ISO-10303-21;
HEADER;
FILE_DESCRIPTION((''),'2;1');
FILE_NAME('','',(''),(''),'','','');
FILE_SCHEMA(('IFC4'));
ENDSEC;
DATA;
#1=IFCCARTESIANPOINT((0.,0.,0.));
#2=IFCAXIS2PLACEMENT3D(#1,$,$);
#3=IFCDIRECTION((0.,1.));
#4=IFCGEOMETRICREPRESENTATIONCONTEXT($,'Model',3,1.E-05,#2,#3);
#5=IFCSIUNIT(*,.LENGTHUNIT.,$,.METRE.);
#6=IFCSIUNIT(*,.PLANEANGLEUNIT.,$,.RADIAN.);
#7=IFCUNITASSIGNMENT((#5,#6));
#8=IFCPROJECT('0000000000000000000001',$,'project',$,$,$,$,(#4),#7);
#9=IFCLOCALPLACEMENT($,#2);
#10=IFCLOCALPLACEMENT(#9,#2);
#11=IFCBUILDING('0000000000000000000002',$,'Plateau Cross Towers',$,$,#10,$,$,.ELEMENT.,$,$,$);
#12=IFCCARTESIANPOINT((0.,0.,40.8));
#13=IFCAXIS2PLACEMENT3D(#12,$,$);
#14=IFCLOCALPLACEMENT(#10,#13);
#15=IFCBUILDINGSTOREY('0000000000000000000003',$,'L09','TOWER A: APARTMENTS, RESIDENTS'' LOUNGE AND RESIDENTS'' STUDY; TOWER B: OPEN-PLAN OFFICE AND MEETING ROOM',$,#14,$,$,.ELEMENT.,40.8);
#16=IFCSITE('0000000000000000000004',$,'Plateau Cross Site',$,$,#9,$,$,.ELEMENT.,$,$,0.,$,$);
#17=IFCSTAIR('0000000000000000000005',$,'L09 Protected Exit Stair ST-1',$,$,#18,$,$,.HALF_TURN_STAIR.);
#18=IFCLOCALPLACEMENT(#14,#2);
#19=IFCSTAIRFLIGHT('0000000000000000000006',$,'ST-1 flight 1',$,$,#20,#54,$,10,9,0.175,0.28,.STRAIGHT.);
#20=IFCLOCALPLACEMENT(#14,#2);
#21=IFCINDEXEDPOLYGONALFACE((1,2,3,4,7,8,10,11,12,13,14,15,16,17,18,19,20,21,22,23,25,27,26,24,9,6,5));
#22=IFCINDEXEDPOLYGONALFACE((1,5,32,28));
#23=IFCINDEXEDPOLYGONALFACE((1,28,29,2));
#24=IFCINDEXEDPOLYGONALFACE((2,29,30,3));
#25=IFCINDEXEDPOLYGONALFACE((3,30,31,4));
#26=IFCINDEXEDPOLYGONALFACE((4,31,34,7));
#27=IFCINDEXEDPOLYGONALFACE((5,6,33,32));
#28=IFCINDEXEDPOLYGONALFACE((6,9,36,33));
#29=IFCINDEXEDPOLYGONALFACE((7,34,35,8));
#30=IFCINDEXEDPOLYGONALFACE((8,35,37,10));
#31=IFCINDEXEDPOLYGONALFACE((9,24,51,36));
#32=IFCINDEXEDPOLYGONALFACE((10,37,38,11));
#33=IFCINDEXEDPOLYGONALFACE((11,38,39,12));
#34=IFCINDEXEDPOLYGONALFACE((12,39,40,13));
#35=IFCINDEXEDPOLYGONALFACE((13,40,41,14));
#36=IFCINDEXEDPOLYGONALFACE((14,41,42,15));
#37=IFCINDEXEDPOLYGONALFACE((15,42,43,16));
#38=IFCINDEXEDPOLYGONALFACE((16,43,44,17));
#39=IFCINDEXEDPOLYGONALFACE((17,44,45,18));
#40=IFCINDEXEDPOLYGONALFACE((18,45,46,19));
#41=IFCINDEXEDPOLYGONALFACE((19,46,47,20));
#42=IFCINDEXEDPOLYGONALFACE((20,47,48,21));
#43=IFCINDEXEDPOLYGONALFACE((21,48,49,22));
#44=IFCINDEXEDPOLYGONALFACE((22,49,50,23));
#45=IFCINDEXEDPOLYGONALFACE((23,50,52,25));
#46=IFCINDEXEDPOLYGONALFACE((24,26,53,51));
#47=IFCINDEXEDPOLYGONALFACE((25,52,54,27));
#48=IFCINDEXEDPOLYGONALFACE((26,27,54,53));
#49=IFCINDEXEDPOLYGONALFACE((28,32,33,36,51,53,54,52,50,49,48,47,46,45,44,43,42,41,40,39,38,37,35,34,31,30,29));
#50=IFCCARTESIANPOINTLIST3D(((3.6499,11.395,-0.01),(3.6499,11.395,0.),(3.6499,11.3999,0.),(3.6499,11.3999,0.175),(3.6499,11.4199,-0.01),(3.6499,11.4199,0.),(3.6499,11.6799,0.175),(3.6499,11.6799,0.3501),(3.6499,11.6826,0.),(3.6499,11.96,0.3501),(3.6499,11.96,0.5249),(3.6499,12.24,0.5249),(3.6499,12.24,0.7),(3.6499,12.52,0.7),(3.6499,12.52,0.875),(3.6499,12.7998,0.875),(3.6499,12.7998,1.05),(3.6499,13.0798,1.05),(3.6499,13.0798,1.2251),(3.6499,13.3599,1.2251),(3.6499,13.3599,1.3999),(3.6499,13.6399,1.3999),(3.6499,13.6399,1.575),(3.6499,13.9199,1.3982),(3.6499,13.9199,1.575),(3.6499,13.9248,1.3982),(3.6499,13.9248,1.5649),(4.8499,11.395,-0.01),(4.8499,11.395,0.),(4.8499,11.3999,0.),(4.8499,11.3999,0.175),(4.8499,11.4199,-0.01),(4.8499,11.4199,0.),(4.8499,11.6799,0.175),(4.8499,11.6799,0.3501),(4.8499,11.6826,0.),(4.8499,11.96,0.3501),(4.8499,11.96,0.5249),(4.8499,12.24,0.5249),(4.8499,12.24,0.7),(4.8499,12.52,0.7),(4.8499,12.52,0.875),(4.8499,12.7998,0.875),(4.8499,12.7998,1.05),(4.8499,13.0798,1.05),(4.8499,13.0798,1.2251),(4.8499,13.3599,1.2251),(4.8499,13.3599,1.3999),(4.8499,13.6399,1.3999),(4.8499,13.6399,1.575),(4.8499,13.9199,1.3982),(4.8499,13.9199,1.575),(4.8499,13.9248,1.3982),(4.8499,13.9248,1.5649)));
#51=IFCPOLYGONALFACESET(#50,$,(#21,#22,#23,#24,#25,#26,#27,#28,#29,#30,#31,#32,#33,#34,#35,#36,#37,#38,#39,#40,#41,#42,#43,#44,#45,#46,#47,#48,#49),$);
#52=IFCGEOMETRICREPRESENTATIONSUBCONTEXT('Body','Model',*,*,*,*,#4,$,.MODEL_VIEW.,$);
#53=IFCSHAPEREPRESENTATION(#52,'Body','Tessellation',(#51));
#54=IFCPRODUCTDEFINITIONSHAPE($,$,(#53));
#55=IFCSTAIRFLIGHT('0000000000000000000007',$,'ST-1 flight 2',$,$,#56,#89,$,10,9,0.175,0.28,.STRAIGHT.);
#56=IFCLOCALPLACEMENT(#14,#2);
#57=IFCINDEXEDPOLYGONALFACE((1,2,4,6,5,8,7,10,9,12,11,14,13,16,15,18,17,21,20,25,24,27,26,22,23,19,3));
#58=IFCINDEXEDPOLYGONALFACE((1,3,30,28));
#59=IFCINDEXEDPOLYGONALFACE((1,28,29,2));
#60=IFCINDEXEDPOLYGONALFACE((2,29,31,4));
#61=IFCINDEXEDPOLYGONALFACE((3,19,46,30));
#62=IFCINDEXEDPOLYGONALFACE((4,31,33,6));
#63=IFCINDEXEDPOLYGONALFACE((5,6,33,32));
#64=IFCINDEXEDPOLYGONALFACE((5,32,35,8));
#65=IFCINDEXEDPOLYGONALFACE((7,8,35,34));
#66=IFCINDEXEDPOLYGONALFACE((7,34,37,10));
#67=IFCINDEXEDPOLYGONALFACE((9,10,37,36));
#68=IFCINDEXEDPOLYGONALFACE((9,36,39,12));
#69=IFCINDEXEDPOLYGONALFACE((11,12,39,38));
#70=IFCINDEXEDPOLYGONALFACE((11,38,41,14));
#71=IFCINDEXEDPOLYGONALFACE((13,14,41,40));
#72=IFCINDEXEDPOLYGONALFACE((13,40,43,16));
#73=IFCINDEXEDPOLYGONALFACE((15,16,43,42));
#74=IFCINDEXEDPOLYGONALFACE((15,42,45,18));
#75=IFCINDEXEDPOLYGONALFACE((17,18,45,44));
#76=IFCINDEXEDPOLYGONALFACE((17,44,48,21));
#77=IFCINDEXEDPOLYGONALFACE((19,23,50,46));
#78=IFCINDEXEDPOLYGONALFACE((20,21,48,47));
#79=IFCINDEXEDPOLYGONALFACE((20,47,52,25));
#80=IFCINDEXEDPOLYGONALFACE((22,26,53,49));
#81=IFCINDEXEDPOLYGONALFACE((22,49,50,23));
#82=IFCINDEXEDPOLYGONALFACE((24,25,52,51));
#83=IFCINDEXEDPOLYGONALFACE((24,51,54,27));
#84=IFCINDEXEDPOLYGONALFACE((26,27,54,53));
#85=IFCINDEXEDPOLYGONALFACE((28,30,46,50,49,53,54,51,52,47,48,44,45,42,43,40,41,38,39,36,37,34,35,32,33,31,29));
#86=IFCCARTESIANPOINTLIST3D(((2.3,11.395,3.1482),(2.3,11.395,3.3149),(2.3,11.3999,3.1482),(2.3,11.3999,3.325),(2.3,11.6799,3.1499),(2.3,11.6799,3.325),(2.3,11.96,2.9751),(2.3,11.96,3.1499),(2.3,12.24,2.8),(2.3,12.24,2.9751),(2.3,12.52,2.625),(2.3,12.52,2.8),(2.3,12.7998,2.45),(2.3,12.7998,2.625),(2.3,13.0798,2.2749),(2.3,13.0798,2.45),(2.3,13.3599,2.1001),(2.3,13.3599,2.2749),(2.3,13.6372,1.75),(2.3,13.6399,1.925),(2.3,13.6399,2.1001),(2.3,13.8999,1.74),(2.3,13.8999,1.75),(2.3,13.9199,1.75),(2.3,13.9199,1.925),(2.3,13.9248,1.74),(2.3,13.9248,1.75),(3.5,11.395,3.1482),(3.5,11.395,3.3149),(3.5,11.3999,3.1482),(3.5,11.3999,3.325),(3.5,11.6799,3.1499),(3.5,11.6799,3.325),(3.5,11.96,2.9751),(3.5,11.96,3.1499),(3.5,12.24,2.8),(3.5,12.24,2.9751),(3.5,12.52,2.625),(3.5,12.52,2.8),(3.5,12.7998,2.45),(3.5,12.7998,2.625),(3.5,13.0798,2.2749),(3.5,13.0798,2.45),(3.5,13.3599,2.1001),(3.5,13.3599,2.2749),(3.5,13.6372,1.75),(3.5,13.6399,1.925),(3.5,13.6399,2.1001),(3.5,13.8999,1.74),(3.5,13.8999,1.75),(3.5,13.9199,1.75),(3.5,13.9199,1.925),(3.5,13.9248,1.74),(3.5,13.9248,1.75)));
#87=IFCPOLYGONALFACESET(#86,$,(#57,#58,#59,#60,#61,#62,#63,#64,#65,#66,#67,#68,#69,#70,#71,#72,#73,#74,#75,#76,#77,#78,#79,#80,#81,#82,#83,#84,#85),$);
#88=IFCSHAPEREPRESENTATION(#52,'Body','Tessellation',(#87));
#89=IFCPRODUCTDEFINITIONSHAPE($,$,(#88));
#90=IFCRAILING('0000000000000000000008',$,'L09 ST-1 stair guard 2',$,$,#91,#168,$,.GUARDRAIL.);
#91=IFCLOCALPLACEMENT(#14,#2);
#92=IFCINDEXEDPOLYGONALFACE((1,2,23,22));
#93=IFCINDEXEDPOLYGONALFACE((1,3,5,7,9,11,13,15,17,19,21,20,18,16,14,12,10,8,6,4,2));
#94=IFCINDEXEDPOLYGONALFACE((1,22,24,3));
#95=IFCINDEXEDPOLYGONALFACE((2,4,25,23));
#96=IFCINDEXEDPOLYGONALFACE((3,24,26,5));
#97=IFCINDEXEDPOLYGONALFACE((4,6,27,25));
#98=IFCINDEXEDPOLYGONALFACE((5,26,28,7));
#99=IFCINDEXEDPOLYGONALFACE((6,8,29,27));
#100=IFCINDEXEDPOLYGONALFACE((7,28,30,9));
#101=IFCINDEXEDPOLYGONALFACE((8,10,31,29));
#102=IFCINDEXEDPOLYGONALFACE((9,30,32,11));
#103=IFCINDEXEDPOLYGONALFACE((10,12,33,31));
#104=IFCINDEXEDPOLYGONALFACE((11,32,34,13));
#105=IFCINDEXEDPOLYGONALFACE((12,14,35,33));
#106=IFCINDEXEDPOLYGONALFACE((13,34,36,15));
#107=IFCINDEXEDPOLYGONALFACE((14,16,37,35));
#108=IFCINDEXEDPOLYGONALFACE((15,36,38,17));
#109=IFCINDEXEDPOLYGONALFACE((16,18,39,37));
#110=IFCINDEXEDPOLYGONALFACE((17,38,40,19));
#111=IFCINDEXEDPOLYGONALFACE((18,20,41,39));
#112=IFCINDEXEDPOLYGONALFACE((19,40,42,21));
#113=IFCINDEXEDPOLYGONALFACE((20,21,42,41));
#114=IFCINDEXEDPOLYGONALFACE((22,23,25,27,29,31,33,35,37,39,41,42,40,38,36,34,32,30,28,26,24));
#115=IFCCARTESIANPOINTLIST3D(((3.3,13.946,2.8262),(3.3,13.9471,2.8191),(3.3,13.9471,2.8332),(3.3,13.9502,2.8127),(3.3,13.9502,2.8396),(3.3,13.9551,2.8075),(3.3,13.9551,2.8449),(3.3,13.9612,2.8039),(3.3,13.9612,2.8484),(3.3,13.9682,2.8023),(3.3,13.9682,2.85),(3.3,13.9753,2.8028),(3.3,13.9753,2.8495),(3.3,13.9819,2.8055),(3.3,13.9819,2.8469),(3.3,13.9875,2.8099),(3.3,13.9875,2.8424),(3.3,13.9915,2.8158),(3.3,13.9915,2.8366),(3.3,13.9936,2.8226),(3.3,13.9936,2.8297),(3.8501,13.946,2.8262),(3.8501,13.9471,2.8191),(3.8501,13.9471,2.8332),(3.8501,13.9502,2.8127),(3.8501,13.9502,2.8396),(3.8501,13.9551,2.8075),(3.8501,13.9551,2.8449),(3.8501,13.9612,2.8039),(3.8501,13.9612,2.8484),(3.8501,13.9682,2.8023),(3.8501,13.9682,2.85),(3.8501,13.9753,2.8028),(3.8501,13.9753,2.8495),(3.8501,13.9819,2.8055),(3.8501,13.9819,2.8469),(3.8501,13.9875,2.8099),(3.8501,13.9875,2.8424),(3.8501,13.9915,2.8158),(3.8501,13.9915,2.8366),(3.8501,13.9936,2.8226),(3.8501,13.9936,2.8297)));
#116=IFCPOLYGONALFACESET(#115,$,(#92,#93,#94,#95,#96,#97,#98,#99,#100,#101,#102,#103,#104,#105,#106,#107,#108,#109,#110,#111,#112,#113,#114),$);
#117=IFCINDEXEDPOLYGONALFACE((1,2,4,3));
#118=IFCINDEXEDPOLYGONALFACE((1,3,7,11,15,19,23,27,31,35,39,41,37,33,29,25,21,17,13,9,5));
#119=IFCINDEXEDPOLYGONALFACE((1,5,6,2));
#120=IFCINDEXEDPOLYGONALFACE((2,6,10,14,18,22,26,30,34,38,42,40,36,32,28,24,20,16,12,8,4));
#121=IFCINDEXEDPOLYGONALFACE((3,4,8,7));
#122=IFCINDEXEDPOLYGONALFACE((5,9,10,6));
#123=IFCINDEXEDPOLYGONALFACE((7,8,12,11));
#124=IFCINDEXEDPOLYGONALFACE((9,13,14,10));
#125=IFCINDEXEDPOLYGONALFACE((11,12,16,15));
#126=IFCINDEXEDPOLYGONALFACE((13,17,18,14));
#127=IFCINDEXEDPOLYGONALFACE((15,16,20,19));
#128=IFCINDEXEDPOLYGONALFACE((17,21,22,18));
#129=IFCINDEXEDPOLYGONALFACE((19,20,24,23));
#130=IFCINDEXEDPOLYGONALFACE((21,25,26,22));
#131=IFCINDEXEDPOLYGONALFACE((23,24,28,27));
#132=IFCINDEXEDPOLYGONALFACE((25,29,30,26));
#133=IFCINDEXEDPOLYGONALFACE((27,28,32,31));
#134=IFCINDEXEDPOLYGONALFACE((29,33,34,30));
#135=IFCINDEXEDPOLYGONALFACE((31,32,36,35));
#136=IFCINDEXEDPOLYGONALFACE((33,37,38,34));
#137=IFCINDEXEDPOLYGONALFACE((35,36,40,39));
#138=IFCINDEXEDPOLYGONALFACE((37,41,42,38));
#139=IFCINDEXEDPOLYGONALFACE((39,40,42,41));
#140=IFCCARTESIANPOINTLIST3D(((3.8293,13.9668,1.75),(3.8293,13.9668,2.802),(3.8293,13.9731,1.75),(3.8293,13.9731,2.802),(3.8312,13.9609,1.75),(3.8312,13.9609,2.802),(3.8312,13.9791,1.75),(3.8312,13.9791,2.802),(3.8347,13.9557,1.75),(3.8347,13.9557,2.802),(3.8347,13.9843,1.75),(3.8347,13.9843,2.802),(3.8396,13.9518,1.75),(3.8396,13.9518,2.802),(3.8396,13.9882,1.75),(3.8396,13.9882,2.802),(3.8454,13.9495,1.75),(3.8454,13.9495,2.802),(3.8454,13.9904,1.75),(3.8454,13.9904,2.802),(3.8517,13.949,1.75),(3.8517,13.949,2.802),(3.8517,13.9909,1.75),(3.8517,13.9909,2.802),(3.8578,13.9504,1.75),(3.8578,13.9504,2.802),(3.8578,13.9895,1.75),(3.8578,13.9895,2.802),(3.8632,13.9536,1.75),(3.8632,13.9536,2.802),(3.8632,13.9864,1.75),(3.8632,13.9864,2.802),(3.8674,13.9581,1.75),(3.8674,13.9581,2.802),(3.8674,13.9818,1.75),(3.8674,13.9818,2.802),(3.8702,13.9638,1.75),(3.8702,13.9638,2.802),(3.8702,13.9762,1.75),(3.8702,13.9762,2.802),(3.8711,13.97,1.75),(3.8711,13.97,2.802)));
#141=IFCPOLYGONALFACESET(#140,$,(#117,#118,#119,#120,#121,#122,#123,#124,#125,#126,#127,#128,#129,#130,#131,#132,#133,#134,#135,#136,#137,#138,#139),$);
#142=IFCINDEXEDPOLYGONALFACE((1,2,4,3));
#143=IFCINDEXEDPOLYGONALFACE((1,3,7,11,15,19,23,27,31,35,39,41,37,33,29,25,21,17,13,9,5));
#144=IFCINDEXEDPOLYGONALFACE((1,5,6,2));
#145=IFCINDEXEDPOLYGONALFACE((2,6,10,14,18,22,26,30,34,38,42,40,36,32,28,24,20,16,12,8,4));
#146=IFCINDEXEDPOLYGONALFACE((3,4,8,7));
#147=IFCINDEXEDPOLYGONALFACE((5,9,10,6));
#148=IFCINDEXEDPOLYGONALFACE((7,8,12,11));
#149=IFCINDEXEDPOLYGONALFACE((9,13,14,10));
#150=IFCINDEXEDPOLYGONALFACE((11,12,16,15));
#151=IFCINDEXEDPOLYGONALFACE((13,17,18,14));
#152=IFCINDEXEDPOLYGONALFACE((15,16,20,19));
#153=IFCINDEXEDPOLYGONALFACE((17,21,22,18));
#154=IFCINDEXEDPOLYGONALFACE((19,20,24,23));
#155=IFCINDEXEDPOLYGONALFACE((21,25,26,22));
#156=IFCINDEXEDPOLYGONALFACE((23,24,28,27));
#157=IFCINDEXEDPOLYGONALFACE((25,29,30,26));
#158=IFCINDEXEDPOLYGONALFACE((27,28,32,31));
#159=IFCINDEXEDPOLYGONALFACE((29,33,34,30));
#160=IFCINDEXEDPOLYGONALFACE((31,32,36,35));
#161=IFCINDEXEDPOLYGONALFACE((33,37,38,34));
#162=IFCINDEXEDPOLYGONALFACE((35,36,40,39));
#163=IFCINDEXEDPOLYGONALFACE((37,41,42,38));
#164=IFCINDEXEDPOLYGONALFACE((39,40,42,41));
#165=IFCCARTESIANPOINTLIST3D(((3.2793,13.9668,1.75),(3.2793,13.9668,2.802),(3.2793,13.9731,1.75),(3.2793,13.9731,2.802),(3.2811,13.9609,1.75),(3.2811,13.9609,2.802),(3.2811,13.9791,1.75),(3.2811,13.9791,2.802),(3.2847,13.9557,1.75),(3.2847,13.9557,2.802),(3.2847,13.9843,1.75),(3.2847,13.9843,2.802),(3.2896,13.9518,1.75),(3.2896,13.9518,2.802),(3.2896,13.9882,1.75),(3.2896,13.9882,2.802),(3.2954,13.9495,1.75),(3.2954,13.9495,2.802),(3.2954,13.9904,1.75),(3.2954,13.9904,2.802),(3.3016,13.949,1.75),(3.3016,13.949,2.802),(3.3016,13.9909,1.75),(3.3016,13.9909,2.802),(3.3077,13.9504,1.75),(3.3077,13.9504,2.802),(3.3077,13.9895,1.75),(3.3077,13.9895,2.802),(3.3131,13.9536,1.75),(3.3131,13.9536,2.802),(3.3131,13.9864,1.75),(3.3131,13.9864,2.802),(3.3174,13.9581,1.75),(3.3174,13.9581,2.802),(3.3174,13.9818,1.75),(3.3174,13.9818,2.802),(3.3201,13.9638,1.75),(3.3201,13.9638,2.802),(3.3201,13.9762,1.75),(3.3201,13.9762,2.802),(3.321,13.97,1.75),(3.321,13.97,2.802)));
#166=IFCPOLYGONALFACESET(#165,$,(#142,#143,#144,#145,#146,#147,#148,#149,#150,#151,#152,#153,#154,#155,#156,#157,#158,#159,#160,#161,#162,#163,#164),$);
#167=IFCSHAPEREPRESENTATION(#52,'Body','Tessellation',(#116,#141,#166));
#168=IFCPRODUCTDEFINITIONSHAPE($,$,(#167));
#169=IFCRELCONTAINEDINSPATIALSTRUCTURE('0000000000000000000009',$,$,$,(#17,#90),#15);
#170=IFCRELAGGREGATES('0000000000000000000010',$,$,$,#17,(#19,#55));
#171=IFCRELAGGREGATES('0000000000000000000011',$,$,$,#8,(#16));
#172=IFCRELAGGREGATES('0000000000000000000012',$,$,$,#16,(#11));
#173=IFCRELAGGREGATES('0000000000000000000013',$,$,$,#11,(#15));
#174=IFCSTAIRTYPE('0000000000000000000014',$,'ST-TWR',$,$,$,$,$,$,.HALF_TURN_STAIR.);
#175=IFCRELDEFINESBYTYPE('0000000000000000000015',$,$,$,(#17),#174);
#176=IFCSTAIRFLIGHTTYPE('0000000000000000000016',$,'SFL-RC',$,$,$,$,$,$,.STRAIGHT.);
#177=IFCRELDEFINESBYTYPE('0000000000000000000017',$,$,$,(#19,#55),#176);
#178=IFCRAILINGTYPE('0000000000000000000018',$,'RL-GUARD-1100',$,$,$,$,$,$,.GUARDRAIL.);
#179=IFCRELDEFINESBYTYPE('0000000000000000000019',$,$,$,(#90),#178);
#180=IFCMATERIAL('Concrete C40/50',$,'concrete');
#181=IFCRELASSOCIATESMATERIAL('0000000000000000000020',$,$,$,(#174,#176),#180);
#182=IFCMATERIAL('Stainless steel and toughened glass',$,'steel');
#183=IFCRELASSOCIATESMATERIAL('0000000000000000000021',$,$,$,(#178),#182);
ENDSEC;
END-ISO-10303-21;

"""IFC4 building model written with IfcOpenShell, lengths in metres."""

from ifc_helpers import new_model, si_unit, direction, frame, origin, origin_2d, place, context, subcontext, project, spatial, polyline, circle, outline, extrude, material, type_object, element, aggregate, save


model = new_model("IFC4")

# Units and contexts
model_context = context("Model", 3, precision=1e-05, world=origin(), true_north=direction((0.0, 1.0)))
body_context = subcontext(model_context, "Body", "Model", "MODEL_VIEW")
ifc_project = project(units=[si_unit("LENGTHUNIT", "METRE"), si_unit("PLANEANGLEUNIT", "RADIAN")], contexts=[model_context])

# Site, building, storey
site_placement = place(None, origin())
site = spatial("IfcSite", under=ifc_project, at=site_placement, Name="Plateau Cross Site", CompositionType="ELEMENT", RefElevation=0.0)
building_placement = place(site_placement, origin())
building = spatial("IfcBuilding", under=site, at=building_placement, Name="Plateau Cross Towers", CompositionType="ELEMENT")
storey_placement = place(building_placement, frame((0.0, 0.0, 40.8)))
storey = spatial("IfcBuildingStorey", under=building, at=storey_placement, Name="L09", Description="TOWER A: APARTMENTS, RESIDENTS' LOUNGE AND RESIDENTS' STUDY; TOWER B: OPEN-PLAN OFFICE AND MEETING ROOM", CompositionType="ELEMENT", Elevation=40.8)

# Stair, stair flights
ifc_material_1 = material(Name="Concrete C40/50", Category="concrete")
stair_type = type_object("IfcStairType", Name="ST-TWR", PredefinedType="HALF_TURN_STAIR", material=ifc_material_1)
stair_placement = place(storey_placement, origin())
stair = element("IfcStair", 1, at=stair_placement, inside=storey, type_object=stair_type, Name="L09 Protected Exit Stair ST-1", PredefinedType="HALF_TURN_STAIR")
stair_flight_type = type_object("IfcStairFlightType", Name="SFL-RC", PredefinedType="STRAIGHT", material=ifc_material_1)
stair_flight_1_placement = place(storey_placement, frame((4.25, 11.3999, 0.0), z_axis=(0.0, 0.0, 1.0), x_axis=(0.0, 1.0, 0.0)))
stair_flight_1 = element("IfcStairFlight", 2, at=stair_flight_1_placement, type_object=stair_flight_type, Name="ST-1 flight 1", NumberOfRisers=10, NumberOfTreads=9, PredefinedType="STRAIGHT", RiserHeight=0.175, TreadLength=0.28, context=body_context, shape_type="SweptSolid", body=[
    extrude(outline(polyline([(-0.0049, -0.01), (-0.0049, 0.0), (0.0, 0.0), (0.0, 0.175), (0.28, 0.175), (0.28, 0.3501), (0.5601, 0.3501), (0.5601, 0.5249), (0.8401, 0.5249), (0.8401, 0.7), (1.1201, 0.7), (1.1201, 0.875), (1.3999, 0.875), (1.3999, 1.05), (1.6799, 1.05), (1.6799, 1.2251), (1.96, 1.2251), (1.96, 1.3999), (2.24, 1.3999), (2.24, 1.575), (2.52, 1.575), (2.5249, 1.5649), (2.5249, 1.3982), (2.52, 1.3982), (0.2827, 0.0), (0.02, 0.0), (0.02, -0.01), (-0.0049, -0.01)])), frame((0.0, 0.6001, 0.0), z_axis=(0.0, -1.0, 0.0), x_axis=(1.0, 0.0, 0.0)), (0.0, 0.0, 1.0), 1.2),
])
stair_flight_2_placement = place(storey_placement, frame((2.8999, 13.9199, 1.75), z_axis=(0.0, 0.0, 1.0), x_axis=(0.0, -1.0, 0.0)))
stair_flight_2 = element("IfcStairFlight", 3, at=stair_flight_2_placement, type_object=stair_flight_type, Name="ST-1 flight 2", NumberOfRisers=10, NumberOfTreads=9, PredefinedType="STRAIGHT", RiserHeight=0.175, TreadLength=0.28, context=body_context, shape_type="SweptSolid", body=[
    extrude(outline(polyline([(-0.0049, -0.01), (-0.0049, 0.0), (0.0, 0.0), (0.0, 0.175), (0.28, 0.175), (0.28, 0.3501), (0.5601, 0.3501), (0.5601, 0.5249), (0.8401, 0.5249), (0.8401, 0.7), (1.1201, 0.7), (1.1201, 0.875), (1.3999, 0.875), (1.3999, 1.05), (1.6799, 1.05), (1.6799, 1.2251), (1.96, 1.2251), (1.96, 1.3999), (2.24, 1.3999), (2.24, 1.575), (2.52, 1.575), (2.5249, 1.5649), (2.5249, 1.3982), (2.52, 1.3982), (0.2827, 0.0), (0.02, 0.0), (0.02, -0.01), (-0.0049, -0.01)])), frame((0.0, 0.6001, 0.0), z_axis=(0.0, -1.0, 0.0), x_axis=(1.0, 0.0, 0.0)), (0.0, 0.0, 1.0), 1.2),
])
aggregate(stair, [stair_flight_1, stair_flight_2])

# Railing
ifc_material_2 = material(Name="Stainless steel and toughened glass", Category="steel")
railing_type_1 = type_object("IfcRailingType", Name="RL-GUARD-1100", PredefinedType="GUARDRAIL", material=ifc_material_2)
railing_1_placement = place(storey_placement, frame((3.8501, 13.97, 1.75)))
element("IfcRailing", 4, at=railing_1_placement, inside=storey, type_object=railing_type_1, Name="L09 ST-1 stair guard 2", PredefinedType="GUARDRAIL", context=body_context, shape_type="SweptSolid", body=[
    extrude(circle(Radius=0.0239, at=origin_2d()), frame((0.0, 0.0, 1.0762), z_axis=(-1.0, 0.0, 0.0), x_axis=(0.0, -1.0, 0.0)), (0.0, 0.0, 1.0), 0.55),
    extrude(circle(Radius=0.021, at=origin_2d()), origin(), (0.0, 0.0, 1.0), 1.052),
    extrude(circle(Radius=0.021, at=origin_2d()), frame((-0.55, 0.0, 0.0)), (0.0, 0.0, 1.0), 1.052),
])

save(model, "model.ifc")
